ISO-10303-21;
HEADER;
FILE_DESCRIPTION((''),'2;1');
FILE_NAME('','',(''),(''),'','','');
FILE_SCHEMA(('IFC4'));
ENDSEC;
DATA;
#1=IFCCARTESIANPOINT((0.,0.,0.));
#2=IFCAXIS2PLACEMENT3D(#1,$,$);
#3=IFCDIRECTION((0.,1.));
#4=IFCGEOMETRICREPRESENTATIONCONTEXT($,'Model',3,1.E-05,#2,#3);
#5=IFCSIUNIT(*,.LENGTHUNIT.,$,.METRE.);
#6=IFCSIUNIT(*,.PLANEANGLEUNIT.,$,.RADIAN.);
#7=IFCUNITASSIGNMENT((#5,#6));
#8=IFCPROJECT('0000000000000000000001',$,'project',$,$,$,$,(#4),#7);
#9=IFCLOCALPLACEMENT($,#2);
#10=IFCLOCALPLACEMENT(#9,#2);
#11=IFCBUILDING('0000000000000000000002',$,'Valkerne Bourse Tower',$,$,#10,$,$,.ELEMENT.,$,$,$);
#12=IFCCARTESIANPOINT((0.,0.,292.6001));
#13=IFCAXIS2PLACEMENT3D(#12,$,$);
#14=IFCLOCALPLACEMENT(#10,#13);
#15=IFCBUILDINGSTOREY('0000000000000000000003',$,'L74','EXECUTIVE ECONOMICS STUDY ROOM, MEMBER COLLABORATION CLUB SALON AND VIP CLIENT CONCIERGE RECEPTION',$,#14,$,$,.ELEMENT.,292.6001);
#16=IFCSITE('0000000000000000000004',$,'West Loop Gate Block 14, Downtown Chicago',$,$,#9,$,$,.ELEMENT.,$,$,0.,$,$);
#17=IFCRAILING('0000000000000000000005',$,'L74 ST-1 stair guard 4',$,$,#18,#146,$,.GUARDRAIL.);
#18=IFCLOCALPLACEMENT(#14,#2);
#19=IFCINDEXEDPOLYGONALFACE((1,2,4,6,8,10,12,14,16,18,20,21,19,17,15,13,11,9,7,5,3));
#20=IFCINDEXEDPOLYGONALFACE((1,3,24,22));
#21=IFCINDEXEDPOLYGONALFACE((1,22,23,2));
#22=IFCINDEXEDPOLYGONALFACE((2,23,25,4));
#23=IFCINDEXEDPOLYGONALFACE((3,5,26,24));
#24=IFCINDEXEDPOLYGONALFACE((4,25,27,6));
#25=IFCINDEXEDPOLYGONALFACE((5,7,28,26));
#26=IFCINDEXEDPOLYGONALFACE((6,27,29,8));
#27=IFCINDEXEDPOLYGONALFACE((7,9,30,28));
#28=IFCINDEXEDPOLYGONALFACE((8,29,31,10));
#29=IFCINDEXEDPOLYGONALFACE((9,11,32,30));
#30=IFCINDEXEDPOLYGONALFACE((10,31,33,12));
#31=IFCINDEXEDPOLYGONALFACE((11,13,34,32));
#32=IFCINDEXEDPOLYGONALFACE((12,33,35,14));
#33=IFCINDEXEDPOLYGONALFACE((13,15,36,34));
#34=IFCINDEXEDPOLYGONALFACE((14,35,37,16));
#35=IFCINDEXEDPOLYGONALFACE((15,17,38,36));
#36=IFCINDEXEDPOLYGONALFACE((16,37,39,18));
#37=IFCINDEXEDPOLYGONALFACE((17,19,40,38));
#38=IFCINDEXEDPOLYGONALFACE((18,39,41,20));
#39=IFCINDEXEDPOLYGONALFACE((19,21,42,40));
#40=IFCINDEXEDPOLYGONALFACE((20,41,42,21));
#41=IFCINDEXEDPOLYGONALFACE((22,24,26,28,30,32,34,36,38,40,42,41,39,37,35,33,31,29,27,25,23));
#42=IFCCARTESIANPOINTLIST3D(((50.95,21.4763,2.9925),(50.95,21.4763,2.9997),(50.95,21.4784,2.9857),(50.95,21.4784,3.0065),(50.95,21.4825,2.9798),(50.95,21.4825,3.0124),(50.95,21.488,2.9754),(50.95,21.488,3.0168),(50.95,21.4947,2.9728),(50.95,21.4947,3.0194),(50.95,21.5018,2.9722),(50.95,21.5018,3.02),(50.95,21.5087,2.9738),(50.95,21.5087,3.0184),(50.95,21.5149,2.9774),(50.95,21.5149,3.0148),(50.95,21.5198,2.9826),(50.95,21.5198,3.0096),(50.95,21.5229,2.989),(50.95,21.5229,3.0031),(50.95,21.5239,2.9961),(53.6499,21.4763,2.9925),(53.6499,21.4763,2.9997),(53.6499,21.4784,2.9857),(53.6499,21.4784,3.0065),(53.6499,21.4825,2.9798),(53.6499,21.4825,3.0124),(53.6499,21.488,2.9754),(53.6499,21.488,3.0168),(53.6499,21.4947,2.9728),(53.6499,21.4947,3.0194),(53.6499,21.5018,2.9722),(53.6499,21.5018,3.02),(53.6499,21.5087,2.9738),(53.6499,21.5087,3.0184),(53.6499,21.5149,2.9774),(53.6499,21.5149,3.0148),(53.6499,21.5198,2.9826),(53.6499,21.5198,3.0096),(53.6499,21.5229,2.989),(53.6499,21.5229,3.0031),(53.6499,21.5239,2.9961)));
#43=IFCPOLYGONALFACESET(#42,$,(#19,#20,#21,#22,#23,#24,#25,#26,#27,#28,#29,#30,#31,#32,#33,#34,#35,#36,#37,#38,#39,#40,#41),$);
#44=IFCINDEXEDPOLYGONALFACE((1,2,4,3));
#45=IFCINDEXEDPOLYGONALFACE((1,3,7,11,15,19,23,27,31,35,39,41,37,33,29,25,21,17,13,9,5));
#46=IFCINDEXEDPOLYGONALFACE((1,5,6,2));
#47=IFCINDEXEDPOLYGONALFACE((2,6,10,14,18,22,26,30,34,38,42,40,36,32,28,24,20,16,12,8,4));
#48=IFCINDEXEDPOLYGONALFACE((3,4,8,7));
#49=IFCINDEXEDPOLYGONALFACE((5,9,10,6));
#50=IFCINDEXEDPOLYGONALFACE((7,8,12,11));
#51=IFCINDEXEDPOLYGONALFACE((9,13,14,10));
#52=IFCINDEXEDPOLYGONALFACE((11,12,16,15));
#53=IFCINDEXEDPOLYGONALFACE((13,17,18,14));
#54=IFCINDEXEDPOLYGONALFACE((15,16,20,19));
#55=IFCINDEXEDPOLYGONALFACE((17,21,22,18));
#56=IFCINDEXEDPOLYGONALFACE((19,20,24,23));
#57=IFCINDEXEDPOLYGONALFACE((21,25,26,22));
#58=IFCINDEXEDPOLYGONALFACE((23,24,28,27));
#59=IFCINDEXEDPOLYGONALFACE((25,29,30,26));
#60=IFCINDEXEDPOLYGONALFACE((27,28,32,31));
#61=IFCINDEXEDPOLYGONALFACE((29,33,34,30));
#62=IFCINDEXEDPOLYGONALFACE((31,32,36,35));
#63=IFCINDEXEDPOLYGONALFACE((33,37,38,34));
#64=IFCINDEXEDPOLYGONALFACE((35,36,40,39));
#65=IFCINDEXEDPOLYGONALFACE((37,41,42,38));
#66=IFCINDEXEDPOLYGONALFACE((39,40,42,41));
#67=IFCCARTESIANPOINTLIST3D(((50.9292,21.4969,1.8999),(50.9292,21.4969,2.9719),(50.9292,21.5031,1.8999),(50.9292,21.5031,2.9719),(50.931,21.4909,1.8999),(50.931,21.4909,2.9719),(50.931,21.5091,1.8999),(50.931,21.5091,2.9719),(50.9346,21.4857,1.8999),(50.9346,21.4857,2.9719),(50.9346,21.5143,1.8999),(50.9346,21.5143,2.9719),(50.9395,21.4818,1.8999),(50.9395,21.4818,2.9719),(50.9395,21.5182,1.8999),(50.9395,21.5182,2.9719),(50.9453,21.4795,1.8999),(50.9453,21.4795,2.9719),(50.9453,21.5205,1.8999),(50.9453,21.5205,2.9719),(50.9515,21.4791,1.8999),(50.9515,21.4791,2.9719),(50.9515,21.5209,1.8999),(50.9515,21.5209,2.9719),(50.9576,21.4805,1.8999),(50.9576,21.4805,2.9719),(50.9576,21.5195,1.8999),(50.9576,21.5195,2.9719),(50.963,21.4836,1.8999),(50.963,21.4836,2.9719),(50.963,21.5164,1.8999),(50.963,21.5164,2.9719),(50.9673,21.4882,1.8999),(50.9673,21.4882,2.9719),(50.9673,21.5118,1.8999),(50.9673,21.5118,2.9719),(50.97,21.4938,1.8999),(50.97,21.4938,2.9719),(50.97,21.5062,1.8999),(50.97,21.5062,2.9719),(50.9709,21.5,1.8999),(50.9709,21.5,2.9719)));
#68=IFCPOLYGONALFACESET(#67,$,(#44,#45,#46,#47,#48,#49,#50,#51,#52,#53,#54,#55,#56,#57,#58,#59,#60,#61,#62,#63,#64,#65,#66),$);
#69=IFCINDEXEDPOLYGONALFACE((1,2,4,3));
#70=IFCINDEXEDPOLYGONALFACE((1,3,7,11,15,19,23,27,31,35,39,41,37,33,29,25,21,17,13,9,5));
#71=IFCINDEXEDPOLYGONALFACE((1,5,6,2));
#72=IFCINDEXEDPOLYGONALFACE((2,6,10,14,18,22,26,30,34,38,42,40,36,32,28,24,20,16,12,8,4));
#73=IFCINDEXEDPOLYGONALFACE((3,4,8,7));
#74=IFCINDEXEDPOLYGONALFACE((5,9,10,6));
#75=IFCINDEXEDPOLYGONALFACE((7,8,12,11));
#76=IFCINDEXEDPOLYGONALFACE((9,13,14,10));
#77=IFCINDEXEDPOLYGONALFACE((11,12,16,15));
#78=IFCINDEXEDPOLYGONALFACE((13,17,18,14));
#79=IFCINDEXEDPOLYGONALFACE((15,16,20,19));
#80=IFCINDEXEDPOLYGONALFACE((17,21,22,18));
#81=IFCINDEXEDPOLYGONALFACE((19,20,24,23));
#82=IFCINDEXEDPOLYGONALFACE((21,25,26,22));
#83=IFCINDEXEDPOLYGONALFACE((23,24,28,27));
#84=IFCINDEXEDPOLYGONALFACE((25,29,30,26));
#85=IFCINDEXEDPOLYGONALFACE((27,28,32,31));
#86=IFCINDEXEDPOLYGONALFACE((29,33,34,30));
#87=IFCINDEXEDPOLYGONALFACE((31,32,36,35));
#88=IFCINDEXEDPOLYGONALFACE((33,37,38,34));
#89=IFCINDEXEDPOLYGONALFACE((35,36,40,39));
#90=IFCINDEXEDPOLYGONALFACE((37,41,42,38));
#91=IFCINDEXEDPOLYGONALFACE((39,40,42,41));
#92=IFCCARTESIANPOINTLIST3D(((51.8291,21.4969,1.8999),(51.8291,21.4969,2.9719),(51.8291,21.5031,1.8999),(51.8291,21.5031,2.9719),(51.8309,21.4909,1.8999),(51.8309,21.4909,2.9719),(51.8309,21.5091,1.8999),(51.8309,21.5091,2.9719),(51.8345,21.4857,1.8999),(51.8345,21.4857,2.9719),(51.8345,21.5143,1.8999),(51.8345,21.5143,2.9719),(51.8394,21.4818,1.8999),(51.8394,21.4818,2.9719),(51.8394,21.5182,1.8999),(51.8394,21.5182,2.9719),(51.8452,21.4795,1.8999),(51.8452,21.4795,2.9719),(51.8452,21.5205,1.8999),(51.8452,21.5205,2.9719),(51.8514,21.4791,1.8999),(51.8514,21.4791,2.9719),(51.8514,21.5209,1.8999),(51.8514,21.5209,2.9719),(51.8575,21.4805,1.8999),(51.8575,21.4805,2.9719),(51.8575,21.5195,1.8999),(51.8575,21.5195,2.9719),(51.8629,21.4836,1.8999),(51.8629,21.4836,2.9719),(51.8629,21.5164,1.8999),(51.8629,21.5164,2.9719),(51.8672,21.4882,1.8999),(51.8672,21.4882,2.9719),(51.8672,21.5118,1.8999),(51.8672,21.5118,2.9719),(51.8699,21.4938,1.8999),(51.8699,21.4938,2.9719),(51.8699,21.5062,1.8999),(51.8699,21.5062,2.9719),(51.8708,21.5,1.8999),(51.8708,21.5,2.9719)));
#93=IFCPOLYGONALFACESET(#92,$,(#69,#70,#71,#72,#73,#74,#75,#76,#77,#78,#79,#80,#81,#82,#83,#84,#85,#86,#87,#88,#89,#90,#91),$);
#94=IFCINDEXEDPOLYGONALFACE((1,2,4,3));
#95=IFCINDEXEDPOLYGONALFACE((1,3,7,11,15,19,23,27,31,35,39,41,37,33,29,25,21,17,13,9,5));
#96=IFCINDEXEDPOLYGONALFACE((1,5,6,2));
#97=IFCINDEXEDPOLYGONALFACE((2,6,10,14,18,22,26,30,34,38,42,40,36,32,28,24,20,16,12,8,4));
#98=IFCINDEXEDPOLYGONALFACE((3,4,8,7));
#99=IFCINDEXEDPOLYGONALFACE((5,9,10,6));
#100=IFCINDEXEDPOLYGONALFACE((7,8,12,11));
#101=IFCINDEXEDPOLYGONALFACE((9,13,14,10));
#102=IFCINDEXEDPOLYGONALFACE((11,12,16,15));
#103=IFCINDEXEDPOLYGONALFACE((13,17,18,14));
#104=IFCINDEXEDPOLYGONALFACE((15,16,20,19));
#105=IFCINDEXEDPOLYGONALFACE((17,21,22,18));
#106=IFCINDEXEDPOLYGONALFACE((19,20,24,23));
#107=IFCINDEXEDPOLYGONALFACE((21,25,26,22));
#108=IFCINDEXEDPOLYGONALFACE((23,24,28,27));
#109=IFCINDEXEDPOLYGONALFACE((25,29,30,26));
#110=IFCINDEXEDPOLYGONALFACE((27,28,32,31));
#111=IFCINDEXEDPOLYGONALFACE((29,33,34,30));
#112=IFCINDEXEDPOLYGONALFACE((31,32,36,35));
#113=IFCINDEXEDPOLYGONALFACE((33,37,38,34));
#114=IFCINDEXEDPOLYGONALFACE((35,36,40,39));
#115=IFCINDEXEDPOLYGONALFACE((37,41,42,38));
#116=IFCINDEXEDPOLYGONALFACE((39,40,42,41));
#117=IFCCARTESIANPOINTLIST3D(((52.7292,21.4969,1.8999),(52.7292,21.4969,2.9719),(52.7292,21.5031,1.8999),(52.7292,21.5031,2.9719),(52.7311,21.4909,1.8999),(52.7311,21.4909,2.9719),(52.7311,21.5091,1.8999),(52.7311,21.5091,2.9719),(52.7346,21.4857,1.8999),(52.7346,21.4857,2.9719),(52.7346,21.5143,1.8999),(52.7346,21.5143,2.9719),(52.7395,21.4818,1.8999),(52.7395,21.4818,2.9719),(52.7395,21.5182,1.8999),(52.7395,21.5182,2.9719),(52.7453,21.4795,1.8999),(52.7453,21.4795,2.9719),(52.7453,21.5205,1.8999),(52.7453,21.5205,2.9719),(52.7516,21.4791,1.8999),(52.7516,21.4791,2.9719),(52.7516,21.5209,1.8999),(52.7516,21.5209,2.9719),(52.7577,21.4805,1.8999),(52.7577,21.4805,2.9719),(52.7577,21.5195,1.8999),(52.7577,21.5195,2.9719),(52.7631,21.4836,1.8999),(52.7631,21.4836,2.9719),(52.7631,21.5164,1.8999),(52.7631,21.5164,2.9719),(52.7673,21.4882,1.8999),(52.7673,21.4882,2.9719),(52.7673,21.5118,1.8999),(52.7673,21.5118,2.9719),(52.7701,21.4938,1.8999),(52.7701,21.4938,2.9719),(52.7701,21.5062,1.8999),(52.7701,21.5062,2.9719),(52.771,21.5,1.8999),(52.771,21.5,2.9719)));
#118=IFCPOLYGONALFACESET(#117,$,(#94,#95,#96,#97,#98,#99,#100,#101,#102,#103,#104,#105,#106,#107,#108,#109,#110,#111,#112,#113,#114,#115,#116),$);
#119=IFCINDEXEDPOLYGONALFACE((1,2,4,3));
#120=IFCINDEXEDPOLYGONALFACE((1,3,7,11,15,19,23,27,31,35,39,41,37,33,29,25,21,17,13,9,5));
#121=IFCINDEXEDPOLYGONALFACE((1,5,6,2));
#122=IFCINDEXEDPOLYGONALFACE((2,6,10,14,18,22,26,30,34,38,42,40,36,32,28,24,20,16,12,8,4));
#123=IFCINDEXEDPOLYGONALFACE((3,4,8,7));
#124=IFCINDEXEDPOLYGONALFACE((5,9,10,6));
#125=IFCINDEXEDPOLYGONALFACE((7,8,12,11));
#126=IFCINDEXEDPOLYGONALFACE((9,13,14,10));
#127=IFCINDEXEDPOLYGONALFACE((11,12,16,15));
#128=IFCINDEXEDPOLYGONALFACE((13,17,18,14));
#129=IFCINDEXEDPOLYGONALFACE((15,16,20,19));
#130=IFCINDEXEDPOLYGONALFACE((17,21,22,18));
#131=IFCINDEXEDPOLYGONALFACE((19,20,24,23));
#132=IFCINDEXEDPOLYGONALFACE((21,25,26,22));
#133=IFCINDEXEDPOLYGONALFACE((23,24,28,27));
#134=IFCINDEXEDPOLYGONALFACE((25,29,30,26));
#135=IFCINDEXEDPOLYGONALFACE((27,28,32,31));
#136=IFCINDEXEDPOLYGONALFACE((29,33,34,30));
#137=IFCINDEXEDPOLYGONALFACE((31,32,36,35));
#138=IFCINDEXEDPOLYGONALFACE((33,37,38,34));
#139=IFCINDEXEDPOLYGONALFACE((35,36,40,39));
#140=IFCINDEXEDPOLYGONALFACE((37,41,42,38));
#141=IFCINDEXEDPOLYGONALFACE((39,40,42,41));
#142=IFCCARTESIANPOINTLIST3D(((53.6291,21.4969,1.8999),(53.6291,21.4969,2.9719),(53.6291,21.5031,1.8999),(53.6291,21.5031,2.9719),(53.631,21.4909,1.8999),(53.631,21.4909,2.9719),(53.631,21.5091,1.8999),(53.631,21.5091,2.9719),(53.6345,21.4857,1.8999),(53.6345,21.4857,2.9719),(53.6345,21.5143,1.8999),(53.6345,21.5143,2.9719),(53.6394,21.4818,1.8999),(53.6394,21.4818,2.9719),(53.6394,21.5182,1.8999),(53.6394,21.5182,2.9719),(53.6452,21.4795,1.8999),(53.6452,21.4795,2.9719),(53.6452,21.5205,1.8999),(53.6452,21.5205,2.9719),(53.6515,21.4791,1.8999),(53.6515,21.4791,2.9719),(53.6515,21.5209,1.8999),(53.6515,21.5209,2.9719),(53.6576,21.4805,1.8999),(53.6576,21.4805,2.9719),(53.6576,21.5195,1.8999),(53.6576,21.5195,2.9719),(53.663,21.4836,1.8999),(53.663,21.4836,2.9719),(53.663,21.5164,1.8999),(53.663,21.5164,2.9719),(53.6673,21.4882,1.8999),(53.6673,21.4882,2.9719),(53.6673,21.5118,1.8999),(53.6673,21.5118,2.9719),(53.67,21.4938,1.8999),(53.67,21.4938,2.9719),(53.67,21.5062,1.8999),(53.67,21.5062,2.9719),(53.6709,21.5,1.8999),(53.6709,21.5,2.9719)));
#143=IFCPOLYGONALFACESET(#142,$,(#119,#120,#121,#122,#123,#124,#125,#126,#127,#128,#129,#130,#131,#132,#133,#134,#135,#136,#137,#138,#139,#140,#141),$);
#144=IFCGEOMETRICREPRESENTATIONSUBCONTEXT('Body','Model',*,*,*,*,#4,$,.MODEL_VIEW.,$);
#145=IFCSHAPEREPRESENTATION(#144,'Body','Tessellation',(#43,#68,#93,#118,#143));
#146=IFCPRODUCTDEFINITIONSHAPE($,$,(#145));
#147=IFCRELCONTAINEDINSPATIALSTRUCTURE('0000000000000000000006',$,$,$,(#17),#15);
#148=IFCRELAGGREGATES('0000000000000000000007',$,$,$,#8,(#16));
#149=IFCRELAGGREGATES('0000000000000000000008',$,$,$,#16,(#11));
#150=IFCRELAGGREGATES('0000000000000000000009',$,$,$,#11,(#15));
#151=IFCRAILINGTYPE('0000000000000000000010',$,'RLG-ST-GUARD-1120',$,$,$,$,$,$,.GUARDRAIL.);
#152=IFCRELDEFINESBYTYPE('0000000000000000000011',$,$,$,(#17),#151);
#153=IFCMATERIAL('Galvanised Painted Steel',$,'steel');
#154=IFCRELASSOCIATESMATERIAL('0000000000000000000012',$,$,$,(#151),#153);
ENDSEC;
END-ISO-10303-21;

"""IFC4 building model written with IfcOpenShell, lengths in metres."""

from ifc_helpers import new_model, si_unit, direction, frame, origin, origin_2d, place, context, subcontext, project, spatial, circle, extrude, material, type_object, element, save


model = new_model("IFC4")

# Units and contexts
model_context = context("Model", 3, precision=1e-05, world=origin(), true_north=direction((0.0, 1.0)))
body_context = subcontext(model_context, "Body", "Model", "MODEL_VIEW")
ifc_project = project(units=[si_unit("LENGTHUNIT", "METRE"), si_unit("PLANEANGLEUNIT", "RADIAN")], contexts=[model_context])

# Site, building, storey
site_placement = place(None, origin())
site = spatial("IfcSite", under=ifc_project, at=site_placement, Name="West Loop Gate Block 14, Downtown Chicago", CompositionType="ELEMENT", RefElevation=0.0)
building_placement = place(site_placement, origin())
building = spatial("IfcBuilding", under=site, at=building_placement, Name="Valkerne Bourse Tower", CompositionType="ELEMENT")
storey_placement = place(building_placement, frame((0.0, 0.0, 292.6001)))
storey = spatial("IfcBuildingStorey", under=building, at=storey_placement, Name="L74", Description="EXECUTIVE ECONOMICS STUDY ROOM, MEMBER COLLABORATION CLUB SALON AND VIP CLIENT CONCIERGE RECEPTION", CompositionType="ELEMENT", Elevation=292.6001)

# Shared definitions
ifc_material_1 = material(Name="Galvanised Painted Steel", Category="steel")

# Railing
railing_type_1 = type_object("IfcRailingType", Name="RLG-ST-GUARD-1120", PredefinedType="GUARDRAIL", material=ifc_material_1)
for number, where, name in (
    (1, (50.95, 21.5, 1.8999), "L74 ST-1 stair guard 4"),
):
    element("IfcRailing", number, at=place(storey_placement, frame(where)), inside=storey, type_object=railing_type_1, Name=name, PredefinedType="GUARDRAIL", context=body_context, shape_type="SweptSolid", body=[
        extrude(circle(Radius=0.0239, at=origin_2d()), frame((0.0, 0.0, 1.0962), z_axis=(1.0, 0.0, 0.0), x_axis=(0.0, 1.0, 0.0)), (0.0, 0.0, 1.0), 2.7),
        extrude(circle(Radius=0.021, at=origin_2d()), origin(), (0.0, 0.0, 1.0), 1.072),
        extrude(circle(Radius=0.021, at=origin_2d()), frame((0.8999, 0.0, 0.0)), (0.0, 0.0, 1.0), 1.072),
        extrude(circle(Radius=0.021, at=origin_2d()), frame((1.8, 0.0, 0.0)), (0.0, 0.0, 1.0), 1.072),
        extrude(circle(Radius=0.021, at=origin_2d()), frame((2.7, 0.0, 0.0)), (0.0, 0.0, 1.0), 1.072),
    ])

save(model, "model.ifc")
